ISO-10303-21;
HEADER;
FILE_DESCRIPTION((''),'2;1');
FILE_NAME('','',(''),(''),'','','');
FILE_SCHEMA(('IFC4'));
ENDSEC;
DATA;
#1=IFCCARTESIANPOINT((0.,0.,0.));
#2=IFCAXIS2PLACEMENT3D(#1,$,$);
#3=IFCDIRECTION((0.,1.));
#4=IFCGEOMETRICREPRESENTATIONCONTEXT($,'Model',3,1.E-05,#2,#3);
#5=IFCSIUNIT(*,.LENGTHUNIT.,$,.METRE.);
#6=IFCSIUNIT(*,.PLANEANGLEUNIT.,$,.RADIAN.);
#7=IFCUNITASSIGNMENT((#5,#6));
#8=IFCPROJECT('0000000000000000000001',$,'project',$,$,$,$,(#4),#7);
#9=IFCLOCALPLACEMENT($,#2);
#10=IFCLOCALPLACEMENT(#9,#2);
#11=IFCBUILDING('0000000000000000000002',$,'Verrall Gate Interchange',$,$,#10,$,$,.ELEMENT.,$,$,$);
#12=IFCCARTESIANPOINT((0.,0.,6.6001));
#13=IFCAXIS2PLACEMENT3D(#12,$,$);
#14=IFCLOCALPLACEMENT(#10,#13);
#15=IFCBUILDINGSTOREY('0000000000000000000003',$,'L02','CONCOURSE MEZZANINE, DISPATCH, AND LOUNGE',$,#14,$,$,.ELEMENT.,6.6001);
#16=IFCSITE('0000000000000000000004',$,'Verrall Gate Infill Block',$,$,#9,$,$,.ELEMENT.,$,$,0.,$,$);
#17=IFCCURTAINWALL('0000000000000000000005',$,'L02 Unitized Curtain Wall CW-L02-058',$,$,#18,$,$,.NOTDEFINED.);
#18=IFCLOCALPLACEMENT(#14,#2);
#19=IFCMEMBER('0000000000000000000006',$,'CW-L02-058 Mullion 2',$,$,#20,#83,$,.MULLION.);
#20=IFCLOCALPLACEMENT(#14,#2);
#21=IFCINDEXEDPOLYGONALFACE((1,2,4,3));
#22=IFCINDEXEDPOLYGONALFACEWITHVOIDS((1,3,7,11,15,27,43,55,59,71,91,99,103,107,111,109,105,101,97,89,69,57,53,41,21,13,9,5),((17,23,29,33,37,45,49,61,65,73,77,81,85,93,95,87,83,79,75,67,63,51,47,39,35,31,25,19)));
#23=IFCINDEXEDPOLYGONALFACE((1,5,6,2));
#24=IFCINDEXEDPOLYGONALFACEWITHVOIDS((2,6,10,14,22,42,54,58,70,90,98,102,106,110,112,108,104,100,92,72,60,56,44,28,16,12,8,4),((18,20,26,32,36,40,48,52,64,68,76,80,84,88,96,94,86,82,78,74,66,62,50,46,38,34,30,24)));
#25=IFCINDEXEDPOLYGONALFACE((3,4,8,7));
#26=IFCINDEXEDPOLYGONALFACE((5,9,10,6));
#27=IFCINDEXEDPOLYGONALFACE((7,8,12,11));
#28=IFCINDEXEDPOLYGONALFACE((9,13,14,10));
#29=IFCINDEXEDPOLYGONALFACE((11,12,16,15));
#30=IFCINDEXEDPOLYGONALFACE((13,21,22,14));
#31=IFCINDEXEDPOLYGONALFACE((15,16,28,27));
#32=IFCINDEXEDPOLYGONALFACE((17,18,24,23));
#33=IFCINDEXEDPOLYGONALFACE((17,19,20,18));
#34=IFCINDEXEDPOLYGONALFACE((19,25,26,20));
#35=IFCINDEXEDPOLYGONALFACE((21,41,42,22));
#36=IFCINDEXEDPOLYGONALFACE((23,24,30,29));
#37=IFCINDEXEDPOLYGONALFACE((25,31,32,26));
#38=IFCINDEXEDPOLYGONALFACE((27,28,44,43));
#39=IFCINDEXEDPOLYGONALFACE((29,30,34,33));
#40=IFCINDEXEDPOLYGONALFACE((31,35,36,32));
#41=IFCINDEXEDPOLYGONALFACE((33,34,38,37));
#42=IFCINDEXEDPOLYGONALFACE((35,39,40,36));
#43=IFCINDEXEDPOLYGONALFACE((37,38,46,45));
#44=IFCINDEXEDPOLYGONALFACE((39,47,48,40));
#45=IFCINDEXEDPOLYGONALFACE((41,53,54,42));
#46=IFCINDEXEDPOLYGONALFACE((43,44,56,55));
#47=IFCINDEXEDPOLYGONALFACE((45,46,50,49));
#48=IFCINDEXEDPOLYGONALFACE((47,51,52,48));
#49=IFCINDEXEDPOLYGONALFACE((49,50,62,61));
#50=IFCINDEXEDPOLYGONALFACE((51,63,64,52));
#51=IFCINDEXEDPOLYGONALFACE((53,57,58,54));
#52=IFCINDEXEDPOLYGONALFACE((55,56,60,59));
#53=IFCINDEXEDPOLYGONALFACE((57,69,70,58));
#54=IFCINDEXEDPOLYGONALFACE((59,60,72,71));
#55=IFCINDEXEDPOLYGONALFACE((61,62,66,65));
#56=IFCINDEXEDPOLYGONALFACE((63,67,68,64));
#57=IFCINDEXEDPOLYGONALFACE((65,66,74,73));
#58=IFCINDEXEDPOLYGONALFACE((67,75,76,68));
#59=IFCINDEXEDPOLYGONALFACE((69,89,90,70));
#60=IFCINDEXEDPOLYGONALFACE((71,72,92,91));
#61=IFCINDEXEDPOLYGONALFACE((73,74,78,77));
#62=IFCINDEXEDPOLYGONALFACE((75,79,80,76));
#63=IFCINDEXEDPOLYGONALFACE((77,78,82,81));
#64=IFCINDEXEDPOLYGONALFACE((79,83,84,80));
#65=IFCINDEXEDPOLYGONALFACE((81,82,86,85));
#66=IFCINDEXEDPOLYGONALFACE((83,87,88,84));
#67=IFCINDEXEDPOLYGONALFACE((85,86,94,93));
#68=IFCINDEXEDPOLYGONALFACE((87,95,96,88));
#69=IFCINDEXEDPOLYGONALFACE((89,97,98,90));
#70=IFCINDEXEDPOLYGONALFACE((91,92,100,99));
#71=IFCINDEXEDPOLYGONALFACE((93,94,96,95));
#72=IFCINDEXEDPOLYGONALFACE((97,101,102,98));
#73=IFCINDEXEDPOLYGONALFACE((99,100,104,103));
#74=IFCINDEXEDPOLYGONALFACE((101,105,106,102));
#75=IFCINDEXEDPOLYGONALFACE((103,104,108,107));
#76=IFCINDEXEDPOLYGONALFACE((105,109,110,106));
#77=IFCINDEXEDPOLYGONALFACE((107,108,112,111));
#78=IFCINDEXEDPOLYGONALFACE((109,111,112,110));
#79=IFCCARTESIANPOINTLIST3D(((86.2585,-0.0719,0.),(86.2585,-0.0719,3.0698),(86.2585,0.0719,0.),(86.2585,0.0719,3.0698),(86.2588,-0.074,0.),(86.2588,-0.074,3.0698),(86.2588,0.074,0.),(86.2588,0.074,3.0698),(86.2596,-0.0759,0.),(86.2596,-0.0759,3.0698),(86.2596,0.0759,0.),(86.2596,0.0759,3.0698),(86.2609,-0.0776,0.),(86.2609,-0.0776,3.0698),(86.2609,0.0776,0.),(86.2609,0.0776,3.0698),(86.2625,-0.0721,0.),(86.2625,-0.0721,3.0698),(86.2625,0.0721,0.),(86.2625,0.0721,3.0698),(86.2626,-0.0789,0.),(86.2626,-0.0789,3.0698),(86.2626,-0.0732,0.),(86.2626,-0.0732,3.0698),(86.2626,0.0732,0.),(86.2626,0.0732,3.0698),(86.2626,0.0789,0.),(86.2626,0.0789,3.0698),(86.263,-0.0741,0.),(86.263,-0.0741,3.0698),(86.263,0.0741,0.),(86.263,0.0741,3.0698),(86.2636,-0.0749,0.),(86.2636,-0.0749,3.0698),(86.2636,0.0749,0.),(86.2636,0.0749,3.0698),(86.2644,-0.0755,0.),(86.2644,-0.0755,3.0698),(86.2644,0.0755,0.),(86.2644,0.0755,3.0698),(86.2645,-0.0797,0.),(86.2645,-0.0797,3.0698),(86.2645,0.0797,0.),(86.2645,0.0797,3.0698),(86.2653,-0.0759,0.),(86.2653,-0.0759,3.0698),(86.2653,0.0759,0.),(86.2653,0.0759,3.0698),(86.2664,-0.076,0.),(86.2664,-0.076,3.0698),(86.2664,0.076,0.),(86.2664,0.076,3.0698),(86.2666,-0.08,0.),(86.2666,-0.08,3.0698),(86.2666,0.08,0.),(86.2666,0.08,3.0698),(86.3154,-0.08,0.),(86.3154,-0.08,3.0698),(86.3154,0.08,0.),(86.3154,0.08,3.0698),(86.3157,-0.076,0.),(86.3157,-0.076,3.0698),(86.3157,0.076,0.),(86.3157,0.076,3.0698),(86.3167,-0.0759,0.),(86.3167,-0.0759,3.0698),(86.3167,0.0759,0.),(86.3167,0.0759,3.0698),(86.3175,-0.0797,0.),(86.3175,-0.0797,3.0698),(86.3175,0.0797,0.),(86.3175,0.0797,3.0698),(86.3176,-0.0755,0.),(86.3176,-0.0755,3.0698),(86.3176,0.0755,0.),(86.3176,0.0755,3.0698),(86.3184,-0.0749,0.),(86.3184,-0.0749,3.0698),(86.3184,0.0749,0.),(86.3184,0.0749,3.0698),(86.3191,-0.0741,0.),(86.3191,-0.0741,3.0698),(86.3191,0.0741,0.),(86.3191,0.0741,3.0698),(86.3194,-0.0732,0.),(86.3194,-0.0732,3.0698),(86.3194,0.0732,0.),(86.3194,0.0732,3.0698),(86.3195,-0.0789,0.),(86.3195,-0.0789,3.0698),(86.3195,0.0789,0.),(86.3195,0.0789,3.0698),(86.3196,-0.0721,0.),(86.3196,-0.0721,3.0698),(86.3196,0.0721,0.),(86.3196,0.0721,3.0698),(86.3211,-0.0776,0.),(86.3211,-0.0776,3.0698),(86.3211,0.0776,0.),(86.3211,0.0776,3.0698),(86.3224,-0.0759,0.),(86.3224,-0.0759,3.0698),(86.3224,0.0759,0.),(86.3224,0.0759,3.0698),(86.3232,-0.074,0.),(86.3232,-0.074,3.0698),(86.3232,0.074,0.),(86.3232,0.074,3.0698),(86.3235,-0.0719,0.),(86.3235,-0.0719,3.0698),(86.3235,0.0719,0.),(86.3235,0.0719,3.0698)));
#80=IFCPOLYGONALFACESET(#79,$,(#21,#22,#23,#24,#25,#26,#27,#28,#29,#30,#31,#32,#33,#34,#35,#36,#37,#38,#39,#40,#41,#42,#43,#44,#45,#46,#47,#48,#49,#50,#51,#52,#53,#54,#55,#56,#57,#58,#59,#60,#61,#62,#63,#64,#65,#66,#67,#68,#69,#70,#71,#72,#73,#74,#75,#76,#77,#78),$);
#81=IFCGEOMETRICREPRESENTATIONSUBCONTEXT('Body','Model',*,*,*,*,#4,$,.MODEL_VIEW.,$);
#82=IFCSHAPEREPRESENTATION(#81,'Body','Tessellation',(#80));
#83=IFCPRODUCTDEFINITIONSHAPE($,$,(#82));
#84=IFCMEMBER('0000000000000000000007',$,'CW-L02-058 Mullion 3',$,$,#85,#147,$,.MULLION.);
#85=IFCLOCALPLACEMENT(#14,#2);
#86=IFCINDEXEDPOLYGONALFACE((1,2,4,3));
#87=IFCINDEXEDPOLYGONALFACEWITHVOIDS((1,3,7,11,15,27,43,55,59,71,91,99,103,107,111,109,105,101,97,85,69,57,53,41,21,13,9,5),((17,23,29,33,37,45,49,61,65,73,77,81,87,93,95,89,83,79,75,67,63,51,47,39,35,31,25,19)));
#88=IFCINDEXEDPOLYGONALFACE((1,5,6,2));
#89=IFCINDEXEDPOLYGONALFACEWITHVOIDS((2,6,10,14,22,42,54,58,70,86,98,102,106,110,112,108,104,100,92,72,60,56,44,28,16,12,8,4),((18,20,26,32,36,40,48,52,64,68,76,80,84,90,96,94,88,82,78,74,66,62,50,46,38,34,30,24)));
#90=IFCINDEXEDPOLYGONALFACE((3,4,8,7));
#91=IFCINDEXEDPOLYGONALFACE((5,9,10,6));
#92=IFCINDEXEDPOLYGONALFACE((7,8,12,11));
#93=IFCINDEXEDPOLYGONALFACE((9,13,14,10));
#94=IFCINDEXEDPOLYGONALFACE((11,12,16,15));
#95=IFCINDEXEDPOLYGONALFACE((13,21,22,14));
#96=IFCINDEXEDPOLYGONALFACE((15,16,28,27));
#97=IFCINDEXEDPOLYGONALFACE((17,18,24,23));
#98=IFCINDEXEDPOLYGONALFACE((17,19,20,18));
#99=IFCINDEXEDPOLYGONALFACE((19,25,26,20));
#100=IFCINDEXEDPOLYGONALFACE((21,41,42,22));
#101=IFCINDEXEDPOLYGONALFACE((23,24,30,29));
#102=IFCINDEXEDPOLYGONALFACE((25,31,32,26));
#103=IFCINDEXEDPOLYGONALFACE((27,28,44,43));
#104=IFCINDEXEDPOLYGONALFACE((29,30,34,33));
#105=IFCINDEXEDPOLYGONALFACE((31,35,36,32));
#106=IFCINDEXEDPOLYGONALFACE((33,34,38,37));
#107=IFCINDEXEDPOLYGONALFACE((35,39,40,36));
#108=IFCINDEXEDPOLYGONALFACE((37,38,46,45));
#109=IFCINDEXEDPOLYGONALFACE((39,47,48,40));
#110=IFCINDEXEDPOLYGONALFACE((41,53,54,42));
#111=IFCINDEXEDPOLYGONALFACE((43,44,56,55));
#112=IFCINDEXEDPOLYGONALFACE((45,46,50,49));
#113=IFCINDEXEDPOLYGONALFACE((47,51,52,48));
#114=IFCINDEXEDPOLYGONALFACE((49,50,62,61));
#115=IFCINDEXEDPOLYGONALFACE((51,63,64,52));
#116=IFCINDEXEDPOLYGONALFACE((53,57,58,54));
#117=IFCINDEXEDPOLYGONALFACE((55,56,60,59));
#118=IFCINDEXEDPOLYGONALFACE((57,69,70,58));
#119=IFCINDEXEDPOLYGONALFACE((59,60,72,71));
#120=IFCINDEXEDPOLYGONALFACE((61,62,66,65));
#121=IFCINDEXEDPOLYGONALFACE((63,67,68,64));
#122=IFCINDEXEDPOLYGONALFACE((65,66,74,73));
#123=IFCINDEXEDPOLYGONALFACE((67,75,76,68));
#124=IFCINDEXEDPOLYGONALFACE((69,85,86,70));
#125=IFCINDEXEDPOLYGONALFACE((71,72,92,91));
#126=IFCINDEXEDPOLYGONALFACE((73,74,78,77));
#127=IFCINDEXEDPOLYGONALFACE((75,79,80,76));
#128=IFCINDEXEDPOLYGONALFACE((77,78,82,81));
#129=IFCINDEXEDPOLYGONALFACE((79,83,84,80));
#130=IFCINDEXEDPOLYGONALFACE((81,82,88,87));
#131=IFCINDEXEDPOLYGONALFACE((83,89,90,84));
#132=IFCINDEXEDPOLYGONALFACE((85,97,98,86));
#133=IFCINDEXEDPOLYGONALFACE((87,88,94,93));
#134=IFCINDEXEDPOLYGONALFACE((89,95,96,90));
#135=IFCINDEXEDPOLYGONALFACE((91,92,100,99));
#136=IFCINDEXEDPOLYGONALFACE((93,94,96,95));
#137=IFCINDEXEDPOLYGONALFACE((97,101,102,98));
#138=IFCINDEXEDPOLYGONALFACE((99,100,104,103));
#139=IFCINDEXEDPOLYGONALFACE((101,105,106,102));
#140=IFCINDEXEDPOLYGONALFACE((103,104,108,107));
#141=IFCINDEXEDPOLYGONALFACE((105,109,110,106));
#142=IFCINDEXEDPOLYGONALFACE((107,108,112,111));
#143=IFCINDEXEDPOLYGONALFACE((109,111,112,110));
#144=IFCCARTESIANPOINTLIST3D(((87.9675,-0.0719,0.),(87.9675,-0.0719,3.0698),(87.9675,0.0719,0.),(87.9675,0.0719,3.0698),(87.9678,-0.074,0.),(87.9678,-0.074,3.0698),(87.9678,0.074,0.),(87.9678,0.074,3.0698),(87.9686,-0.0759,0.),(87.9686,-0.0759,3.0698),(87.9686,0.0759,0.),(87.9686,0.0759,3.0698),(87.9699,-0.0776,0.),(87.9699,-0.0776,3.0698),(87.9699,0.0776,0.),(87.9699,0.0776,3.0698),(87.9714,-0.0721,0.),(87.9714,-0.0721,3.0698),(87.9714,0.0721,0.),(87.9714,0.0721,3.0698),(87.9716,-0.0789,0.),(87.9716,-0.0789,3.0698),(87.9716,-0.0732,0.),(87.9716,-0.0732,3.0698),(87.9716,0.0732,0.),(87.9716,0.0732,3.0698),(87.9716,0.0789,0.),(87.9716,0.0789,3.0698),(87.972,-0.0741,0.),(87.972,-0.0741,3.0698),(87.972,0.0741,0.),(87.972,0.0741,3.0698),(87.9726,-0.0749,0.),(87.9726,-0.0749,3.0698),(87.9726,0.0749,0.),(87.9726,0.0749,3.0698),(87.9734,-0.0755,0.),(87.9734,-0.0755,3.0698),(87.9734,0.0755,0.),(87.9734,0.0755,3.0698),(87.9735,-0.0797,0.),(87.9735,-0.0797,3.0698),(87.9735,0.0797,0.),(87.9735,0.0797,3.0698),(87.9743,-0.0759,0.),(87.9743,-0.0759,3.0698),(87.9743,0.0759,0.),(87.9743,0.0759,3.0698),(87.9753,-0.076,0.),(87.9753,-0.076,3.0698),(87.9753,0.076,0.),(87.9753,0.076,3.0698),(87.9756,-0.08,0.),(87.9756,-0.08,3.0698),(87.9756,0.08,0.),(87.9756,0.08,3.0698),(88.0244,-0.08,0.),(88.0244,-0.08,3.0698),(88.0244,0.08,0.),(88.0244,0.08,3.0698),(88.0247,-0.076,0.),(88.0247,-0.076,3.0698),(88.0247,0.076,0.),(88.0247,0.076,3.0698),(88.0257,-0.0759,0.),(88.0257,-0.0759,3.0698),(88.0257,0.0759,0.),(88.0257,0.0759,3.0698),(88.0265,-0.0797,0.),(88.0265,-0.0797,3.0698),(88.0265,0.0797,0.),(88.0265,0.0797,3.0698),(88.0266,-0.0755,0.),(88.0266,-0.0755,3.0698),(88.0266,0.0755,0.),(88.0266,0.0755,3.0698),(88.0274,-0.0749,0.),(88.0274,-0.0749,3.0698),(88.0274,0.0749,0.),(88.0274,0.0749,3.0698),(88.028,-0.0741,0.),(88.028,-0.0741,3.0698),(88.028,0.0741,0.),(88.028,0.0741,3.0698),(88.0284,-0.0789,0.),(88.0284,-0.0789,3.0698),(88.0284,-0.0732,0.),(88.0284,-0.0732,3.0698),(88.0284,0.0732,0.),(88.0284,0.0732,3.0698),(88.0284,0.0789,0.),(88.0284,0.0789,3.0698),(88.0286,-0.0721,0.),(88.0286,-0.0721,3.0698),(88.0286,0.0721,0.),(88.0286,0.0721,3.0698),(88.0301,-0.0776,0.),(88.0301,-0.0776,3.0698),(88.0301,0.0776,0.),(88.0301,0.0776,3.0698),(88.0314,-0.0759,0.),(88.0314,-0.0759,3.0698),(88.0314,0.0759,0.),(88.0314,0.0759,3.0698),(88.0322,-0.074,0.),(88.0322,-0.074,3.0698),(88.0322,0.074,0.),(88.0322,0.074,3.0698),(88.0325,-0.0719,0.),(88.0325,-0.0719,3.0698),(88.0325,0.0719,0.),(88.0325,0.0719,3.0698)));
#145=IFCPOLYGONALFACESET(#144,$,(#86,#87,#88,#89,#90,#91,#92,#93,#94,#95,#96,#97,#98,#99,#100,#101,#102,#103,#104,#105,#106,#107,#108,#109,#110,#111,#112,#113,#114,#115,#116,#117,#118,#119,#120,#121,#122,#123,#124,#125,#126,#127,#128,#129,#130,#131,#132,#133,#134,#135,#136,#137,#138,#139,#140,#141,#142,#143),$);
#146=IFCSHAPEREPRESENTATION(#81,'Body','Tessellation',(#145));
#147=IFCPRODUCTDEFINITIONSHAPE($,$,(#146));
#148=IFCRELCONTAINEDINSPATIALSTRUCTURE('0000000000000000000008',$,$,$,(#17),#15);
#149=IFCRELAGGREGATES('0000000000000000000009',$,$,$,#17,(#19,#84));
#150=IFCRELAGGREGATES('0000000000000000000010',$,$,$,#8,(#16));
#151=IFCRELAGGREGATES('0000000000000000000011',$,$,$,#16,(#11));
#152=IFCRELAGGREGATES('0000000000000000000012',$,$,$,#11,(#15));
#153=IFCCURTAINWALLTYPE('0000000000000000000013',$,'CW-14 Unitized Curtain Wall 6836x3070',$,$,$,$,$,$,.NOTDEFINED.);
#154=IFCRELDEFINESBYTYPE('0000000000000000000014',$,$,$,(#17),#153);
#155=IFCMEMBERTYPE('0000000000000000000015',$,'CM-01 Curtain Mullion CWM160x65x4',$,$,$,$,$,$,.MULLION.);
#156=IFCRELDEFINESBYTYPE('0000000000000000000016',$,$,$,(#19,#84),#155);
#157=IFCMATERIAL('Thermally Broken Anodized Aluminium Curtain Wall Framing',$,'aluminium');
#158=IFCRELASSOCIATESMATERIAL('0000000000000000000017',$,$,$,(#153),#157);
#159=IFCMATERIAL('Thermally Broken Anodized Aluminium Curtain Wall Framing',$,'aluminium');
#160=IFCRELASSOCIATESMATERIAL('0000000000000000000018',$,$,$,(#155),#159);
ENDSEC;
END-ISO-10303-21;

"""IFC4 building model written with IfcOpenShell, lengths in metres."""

from ifc_helpers import new_model, si_unit, direction, frame, origin, origin_2d, place, context, subcontext, project, spatial, hollow_rectangle, extrude, material, material_profile, profile_set, type_object, element, aggregate, save


model = new_model("IFC4")

# Units and contexts
model_context = context("Model", 3, precision=1e-05, world=origin(), true_north=direction((0.0, 1.0)))
body_context = subcontext(model_context, "Body", "Model", "MODEL_VIEW")
ifc_project = project(units=[si_unit("LENGTHUNIT", "METRE"), si_unit("PLANEANGLEUNIT", "RADIAN")], contexts=[model_context])

# Site, building, storey
site_placement = place(None, origin())
site = spatial("IfcSite", under=ifc_project, at=site_placement, Name="Verrall Gate Infill Block", CompositionType="ELEMENT", RefElevation=0.0)
building_placement = place(site_placement, origin())
building = spatial("IfcBuilding", under=site, at=building_placement, Name="Verrall Gate Interchange", CompositionType="ELEMENT")
storey_placement = place(building_placement, frame((0.0, 0.0, 6.6001)))
storey = spatial("IfcBuildingStorey", under=building, at=storey_placement, Name="L02", Description="CONCOURSE MEZZANINE, DISPATCH, AND LOUNGE", CompositionType="ELEMENT", Elevation=6.6001)

# Curtain wall, members
ifc_material_1 = material(Name="Thermally Broken Anodized Aluminium Curtain Wall Framing", Category="aluminium")
curtain_wall_type = type_object("IfcCurtainWallType", Name="CW-14 Unitized Curtain Wall 6836x3070", PredefinedType="NOTDEFINED", material=ifc_material_1)
curtain_wall_placement = place(storey_placement, origin())
curtain_wall = element("IfcCurtainWall", 1, at=curtain_wall_placement, inside=storey, type_object=curtain_wall_type, Name="L02 Unitized Curtain Wall CW-L02-058", PredefinedType="NOTDEFINED")
ifc_material_2 = material(Name="Thermally Broken Anodized Aluminium Curtain Wall Framing", Category="aluminium")
ifc_material_profile_1 = material_profile(ifc_material_2, hollow_rectangle(XDim=0.0649, YDim=0.1599, WallThickness=0.0039, InnerFilletRadius=0.0039, OuterFilletRadius=0.0081, at=origin_2d()), Name="CWM160x65x4")
ifc_profile_set_1 = profile_set([ifc_material_profile_1], Name="Thermally Broken Anodized Aluminium Curtain Wall Framing")
member_type = type_object("IfcMemberType", Name="CM-01 Curtain Mullion CWM160x65x4", PredefinedType="MULLION", material=ifc_profile_set_1)
member_1_placement = place(storey_placement, frame((86.291, 0.0, 0.0), z_axis=(0.0, 0.0, 1.0), x_axis=(1.0, 0.0, 0.0)))
member_1 = element("IfcMember", 2, at=member_1_placement, type_object=member_type, Name="CW-L02-058 Mullion 2", PredefinedType="MULLION", context=body_context, shape_type="SweptSolid", body=[
    extrude(hollow_rectangle(XDim=0.0649, YDim=0.1599, WallThickness=0.0039, InnerFilletRadius=0.0039, OuterFilletRadius=0.0081, at=origin_2d()), origin(), (0.0, 0.0, 1.0), 3.0698),
])
member_2_placement = place(storey_placement, frame((88.0, 0.0, 0.0), z_axis=(0.0, 0.0, 1.0), x_axis=(1.0, 0.0, 0.0)))
member_2 = element("IfcMember", 3, at=member_2_placement, type_object=member_type, Name="CW-L02-058 Mullion 3", PredefinedType="MULLION", context=body_context, shape_type="SweptSolid", body=[
    extrude(hollow_rectangle(XDim=0.0649, YDim=0.1599, WallThickness=0.0039, InnerFilletRadius=0.0039, OuterFilletRadius=0.0081, at=origin_2d()), origin(), (0.0, 0.0, 1.0), 3.0698),
])

aggregate(curtain_wall, [member_1, member_2])

save(model, "model.ifc")
